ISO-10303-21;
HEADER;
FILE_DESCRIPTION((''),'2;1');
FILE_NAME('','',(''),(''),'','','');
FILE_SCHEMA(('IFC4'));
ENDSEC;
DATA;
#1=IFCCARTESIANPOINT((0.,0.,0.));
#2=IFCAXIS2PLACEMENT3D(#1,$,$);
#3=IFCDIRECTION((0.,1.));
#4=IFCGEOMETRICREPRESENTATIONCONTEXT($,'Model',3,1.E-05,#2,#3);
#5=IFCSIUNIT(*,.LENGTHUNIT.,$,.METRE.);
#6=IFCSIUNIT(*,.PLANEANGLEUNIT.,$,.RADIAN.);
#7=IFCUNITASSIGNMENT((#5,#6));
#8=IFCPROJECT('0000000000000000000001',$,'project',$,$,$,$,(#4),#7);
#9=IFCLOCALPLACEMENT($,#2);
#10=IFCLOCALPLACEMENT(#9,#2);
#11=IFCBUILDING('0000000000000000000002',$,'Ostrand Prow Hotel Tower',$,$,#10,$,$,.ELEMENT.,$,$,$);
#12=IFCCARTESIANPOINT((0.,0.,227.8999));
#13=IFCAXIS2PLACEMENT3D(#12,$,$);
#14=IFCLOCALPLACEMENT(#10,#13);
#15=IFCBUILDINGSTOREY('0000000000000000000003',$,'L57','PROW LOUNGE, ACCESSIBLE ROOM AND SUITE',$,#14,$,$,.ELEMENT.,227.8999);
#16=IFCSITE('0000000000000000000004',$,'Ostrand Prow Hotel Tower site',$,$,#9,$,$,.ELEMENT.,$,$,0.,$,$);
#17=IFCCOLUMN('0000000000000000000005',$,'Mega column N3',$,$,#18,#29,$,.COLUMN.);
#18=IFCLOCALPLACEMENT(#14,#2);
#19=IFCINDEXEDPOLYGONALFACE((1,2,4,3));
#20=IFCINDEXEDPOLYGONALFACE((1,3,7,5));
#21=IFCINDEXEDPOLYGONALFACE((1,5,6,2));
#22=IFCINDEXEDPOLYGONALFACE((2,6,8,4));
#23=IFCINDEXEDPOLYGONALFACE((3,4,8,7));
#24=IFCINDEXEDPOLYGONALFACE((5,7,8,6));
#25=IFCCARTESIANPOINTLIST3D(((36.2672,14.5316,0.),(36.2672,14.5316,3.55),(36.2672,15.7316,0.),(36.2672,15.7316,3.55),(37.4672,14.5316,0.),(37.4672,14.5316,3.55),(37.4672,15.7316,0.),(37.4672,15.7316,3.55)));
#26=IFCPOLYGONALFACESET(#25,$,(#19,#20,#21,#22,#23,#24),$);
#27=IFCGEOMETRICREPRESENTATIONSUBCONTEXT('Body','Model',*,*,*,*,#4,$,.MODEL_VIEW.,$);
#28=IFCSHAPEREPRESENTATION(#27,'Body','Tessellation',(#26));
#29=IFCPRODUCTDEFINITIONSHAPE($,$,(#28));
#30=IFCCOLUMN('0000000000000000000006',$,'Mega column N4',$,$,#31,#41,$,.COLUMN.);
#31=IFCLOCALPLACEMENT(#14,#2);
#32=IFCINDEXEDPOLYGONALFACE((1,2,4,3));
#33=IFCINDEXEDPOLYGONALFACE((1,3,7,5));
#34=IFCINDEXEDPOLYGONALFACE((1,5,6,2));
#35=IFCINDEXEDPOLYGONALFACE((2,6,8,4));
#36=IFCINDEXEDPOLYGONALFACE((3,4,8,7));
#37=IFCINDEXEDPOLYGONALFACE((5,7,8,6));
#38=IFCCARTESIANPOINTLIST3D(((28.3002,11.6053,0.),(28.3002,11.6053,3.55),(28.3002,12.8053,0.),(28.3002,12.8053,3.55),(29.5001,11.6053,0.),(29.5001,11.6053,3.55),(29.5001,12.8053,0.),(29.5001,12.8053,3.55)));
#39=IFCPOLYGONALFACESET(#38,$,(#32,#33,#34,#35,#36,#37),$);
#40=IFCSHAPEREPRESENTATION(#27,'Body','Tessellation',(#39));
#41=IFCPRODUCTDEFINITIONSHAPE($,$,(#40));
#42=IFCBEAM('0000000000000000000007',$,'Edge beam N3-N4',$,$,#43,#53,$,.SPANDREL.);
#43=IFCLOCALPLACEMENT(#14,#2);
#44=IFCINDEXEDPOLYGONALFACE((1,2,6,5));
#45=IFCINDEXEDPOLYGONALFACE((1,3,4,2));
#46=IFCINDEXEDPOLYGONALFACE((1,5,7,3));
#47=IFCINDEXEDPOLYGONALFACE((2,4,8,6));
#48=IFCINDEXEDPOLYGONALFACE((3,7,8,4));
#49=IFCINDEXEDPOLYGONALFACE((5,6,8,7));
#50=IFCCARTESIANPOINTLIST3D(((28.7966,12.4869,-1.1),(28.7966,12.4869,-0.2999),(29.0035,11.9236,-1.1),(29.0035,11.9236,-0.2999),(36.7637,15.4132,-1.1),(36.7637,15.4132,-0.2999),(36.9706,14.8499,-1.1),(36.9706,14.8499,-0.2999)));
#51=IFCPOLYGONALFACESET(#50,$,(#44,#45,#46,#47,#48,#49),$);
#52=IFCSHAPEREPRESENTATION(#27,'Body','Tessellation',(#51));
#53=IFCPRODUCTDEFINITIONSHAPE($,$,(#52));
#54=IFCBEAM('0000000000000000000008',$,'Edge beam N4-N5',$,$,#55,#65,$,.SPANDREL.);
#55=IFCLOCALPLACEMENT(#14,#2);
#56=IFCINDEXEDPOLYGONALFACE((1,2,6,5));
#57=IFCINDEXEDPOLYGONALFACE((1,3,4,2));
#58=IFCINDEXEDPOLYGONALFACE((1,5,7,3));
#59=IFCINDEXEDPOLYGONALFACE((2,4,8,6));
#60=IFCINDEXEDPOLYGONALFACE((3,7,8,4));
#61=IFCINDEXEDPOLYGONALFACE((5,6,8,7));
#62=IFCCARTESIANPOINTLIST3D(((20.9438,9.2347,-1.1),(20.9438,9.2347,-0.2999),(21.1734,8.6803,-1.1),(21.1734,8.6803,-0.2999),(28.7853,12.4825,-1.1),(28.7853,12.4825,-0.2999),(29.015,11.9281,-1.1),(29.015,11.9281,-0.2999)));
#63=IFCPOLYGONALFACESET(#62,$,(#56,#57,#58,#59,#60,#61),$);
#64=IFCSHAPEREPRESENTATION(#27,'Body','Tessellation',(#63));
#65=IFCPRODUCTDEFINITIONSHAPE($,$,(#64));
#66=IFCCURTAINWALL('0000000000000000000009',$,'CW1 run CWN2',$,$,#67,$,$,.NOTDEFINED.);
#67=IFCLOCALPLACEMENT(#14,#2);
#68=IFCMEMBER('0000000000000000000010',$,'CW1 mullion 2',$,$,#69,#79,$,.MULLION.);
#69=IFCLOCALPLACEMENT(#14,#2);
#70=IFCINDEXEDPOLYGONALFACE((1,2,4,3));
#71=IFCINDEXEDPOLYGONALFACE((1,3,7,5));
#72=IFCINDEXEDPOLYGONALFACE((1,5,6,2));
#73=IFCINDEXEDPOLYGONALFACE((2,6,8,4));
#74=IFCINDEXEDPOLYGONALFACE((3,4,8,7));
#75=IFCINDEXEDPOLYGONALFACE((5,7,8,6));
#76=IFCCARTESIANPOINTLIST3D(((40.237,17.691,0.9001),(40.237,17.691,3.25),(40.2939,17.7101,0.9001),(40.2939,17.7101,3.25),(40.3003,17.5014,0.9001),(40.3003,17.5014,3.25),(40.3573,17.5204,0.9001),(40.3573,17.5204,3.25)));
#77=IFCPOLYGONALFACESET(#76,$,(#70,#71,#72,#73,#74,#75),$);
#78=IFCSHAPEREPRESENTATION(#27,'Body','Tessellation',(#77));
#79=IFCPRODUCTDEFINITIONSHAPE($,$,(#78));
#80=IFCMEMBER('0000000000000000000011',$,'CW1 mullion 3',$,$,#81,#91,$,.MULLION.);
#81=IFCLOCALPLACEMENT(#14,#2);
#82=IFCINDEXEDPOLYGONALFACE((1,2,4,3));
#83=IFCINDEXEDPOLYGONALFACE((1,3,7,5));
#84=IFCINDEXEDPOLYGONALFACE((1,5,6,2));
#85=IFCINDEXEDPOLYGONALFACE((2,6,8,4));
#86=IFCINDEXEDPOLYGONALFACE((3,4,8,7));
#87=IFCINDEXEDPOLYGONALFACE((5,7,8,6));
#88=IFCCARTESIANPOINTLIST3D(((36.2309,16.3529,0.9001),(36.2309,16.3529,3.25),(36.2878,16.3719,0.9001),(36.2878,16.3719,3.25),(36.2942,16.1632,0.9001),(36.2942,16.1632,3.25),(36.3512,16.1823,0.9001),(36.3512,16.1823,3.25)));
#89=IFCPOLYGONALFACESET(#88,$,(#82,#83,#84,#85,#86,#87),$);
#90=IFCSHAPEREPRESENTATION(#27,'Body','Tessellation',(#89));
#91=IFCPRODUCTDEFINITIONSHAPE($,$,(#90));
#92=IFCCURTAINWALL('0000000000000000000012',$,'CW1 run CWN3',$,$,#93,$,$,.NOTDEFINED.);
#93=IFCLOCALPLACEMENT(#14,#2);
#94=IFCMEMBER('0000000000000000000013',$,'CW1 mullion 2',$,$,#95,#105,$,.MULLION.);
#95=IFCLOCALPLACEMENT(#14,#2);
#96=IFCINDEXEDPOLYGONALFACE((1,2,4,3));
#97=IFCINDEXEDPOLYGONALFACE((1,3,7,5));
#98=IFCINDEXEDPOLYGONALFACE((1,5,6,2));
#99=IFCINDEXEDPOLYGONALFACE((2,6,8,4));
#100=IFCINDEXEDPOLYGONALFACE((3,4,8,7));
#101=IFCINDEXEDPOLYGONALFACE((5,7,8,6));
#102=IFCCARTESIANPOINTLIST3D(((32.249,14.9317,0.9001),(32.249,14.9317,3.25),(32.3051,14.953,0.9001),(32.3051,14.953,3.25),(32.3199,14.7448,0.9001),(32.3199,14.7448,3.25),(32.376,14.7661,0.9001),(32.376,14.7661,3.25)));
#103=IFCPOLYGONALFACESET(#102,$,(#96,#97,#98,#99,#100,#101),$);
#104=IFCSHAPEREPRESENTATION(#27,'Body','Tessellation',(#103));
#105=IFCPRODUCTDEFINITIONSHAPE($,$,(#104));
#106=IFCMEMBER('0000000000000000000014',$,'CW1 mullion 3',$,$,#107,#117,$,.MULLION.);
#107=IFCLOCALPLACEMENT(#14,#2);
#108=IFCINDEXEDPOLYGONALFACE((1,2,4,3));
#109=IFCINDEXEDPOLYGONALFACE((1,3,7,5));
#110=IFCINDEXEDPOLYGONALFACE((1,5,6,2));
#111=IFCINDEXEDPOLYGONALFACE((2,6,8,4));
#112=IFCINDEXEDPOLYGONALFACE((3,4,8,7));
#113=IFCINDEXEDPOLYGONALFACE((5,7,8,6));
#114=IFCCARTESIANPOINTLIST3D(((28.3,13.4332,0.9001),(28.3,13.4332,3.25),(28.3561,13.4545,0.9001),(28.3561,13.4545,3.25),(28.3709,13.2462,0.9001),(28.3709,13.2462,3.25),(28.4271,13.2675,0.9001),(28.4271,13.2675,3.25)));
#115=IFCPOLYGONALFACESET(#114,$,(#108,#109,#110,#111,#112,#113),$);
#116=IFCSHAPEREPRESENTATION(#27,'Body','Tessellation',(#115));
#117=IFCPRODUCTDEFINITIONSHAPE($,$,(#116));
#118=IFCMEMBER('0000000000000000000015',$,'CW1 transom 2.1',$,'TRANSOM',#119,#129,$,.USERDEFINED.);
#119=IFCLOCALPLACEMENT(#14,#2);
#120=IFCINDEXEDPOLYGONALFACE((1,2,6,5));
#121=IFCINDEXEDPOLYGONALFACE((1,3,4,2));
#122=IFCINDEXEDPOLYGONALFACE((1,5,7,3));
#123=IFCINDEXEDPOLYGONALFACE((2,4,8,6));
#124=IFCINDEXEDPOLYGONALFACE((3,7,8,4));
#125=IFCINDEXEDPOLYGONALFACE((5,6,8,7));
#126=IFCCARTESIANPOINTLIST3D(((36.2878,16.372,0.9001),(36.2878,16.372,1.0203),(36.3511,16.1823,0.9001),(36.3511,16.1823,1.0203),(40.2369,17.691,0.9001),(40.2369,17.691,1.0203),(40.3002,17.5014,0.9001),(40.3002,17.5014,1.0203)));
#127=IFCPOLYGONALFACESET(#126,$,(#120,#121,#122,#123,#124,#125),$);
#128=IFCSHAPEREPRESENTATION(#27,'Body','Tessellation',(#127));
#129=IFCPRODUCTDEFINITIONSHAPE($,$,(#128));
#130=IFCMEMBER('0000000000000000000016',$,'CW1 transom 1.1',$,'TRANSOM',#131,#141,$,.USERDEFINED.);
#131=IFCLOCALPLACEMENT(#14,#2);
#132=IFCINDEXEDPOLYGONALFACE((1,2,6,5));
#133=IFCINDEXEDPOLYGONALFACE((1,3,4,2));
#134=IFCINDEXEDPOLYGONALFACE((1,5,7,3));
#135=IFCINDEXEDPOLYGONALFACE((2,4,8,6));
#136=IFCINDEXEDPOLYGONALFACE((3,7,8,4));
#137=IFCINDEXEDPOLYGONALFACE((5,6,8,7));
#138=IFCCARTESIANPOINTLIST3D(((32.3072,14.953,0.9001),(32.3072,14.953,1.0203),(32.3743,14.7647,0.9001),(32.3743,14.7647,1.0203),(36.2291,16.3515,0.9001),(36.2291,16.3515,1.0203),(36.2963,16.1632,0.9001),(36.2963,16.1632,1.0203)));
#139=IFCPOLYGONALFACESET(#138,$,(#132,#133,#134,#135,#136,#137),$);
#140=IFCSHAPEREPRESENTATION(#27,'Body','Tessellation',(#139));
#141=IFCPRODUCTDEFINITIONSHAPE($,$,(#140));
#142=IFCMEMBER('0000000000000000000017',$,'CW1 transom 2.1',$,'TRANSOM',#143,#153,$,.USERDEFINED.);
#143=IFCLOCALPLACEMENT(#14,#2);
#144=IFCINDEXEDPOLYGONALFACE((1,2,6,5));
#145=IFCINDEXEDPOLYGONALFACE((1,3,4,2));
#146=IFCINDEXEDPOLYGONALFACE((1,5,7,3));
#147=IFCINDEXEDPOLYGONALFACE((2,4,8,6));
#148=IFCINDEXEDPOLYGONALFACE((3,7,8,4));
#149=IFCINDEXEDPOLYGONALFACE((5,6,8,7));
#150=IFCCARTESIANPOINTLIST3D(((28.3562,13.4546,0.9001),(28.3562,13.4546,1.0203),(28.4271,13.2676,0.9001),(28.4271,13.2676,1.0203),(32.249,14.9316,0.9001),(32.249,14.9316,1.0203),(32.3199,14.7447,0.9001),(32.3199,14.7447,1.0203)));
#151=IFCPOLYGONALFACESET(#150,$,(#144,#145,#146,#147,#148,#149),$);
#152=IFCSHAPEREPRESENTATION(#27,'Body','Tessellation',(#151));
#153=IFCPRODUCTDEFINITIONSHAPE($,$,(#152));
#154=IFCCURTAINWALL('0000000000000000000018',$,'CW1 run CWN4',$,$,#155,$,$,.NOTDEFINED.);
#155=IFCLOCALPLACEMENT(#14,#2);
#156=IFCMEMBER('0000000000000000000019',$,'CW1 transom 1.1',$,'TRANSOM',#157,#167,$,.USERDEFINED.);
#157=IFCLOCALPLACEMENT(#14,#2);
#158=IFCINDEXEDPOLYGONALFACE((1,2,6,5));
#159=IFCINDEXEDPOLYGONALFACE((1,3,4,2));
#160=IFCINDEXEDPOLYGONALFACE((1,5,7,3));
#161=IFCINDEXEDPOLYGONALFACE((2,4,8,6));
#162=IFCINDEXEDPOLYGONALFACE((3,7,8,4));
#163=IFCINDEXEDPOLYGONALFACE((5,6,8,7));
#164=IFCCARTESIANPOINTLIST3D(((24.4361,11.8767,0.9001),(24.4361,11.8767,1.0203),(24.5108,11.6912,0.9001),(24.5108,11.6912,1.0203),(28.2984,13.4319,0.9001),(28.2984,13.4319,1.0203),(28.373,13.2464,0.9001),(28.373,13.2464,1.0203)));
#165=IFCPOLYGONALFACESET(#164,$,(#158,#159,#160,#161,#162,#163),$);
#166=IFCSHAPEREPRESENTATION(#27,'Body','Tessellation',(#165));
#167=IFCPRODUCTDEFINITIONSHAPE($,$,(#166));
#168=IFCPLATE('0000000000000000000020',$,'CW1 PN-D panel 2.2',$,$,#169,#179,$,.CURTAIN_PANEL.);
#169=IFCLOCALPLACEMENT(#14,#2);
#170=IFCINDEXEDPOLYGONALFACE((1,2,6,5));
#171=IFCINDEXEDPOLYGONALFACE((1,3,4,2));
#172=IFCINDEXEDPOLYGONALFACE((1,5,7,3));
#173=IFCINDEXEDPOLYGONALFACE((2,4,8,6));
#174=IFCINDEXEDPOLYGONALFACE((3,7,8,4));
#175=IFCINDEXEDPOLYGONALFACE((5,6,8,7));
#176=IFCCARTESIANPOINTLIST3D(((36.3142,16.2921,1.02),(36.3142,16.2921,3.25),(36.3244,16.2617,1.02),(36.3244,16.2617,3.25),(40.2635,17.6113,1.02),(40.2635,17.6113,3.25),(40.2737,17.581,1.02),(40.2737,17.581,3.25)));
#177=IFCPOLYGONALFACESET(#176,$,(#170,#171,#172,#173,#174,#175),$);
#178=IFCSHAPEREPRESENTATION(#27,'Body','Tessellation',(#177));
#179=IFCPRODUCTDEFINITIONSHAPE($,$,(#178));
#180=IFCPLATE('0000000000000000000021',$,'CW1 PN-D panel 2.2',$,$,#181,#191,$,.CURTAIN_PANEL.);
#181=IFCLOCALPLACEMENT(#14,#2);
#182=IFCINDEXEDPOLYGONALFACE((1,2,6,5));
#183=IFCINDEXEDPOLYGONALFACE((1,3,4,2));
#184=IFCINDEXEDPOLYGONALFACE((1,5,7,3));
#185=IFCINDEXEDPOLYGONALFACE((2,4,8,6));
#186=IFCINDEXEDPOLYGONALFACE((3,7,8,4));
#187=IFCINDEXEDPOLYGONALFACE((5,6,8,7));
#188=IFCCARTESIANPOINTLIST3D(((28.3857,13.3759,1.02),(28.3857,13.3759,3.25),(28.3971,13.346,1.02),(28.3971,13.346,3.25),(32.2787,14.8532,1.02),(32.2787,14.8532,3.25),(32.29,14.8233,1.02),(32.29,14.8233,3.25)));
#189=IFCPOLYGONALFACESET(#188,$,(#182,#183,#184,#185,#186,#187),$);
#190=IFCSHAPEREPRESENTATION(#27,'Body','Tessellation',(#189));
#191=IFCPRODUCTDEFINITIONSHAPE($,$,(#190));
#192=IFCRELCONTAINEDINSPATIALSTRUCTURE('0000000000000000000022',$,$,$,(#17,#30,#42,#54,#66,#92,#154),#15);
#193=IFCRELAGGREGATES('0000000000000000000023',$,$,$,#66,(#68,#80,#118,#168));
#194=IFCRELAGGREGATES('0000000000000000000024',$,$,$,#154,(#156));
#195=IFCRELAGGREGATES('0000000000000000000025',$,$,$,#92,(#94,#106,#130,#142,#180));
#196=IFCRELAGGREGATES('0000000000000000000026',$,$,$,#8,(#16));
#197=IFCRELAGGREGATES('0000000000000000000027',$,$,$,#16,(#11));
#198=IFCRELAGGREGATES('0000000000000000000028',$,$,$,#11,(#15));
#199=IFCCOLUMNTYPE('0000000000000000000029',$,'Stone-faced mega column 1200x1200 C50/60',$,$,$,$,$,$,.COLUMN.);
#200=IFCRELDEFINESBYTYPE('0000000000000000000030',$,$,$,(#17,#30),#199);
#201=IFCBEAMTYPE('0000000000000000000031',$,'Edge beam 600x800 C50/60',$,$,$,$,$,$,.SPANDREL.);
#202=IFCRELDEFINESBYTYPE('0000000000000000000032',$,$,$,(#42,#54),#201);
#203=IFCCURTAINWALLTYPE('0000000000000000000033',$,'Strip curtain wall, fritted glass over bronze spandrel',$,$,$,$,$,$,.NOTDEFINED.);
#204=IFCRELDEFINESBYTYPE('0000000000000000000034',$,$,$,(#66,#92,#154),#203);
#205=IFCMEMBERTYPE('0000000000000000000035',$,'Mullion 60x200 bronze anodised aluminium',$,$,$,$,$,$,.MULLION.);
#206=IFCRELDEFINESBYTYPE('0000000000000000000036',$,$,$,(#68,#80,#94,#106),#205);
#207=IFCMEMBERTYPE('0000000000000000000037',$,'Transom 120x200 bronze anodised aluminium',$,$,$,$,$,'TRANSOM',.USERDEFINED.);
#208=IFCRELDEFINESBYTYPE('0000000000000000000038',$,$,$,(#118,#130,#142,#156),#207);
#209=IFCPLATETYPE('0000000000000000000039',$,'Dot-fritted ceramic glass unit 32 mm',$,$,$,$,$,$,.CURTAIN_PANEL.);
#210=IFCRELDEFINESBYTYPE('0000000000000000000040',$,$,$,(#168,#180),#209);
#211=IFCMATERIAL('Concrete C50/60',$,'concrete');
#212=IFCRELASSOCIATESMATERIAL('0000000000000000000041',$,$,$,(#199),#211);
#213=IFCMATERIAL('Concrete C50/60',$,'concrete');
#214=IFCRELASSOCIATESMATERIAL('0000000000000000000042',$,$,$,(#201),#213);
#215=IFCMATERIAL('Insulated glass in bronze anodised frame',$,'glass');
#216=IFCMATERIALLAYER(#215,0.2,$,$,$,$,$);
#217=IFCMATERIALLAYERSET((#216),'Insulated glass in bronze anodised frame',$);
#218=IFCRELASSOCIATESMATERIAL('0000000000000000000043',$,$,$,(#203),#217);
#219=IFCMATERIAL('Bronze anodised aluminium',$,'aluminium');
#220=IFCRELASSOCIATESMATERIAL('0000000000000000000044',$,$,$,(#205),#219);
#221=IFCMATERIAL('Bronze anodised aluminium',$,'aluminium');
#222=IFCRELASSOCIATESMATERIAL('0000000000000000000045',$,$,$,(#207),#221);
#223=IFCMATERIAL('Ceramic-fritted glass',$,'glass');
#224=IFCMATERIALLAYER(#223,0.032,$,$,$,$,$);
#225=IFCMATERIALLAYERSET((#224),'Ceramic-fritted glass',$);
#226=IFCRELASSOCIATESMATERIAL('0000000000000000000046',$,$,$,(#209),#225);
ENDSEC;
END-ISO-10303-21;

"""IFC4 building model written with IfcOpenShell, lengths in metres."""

from ifc_helpers import new_model, si_unit, direction, frame, origin, origin_2d, place, context, subcontext, project, spatial, rectangle, extrude, material, layer, layer_set, material_profile, profile_set, type_object, element, aggregate, save


model = new_model("IFC4")

# Units and contexts
model_context = context("Model", 3, precision=1e-05, world=origin(), true_north=direction((0.0, 1.0)))
body_context = subcontext(model_context, "Body", "Model", "MODEL_VIEW")
ifc_project = project(units=[si_unit("LENGTHUNIT", "METRE"), si_unit("PLANEANGLEUNIT", "RADIAN")], contexts=[model_context])

# Site, building, storey
site_placement = place(None, origin())
site = spatial("IfcSite", under=ifc_project, at=site_placement, Name="Ostrand Prow Hotel Tower site", CompositionType="ELEMENT", RefElevation=0.0)
building_placement = place(site_placement, origin())
building = spatial("IfcBuilding", under=site, at=building_placement, Name="Ostrand Prow Hotel Tower", CompositionType="ELEMENT")
storey_placement = place(building_placement, frame((0.0, 0.0, 227.8999)))
storey = spatial("IfcBuildingStorey", under=building, at=storey_placement, Name="L57", Description="PROW LOUNGE, ACCESSIBLE ROOM AND SUITE", CompositionType="ELEMENT", Elevation=227.8999)

# Columns
ifc_material_1 = material(Name="Concrete C50/60", Category="concrete")
ifc_material_profile_1 = material_profile(ifc_material_1, rectangle(XDim=1.2, YDim=1.2, at=origin_2d()), Name="RC 1200x1200")
ifc_profile_set_1 = profile_set([ifc_material_profile_1], Name="Concrete C50/60")
column_type = type_object("IfcColumnType", Name="Stone-faced mega column 1200x1200 C50/60", PredefinedType="COLUMN", material=ifc_profile_set_1)
for number, where, z_axis, x_axis, name in (
    (1, (36.8672, 15.1316, 0.0), (0.0, 0.0, 1.0), (1.0, 0.0, 0.0), "Mega column N3"),
    (2, (28.9001, 12.2053, 0.0), (0.0, 0.0, 1.0), (1.0, 0.0, 0.0), "Mega column N4"),
):
    element("IfcColumn", number, at=place(storey_placement, frame(where, z_axis=z_axis, x_axis=x_axis)), inside=storey, type_object=column_type, Name=name, PredefinedType="COLUMN", context=body_context, shape_type="SweptSolid", body=[
        extrude(rectangle(XDim=1.2, YDim=1.2, at=origin_2d()), origin(), (0.0, 0.0, 1.0), 3.55),
    ])

# Beams
ifc_material_2 = material(Name="Concrete C50/60", Category="concrete")
ifc_material_profile_2 = material_profile(ifc_material_2, rectangle(XDim=0.6001, YDim=0.8, at=origin_2d()), Name="RC 600x800")
ifc_profile_set_2 = profile_set([ifc_material_profile_2], Name="Concrete C50/60")
beam_type = type_object("IfcBeamType", Name="Edge beam 600x800 C50/60", PredefinedType="SPANDREL", material=ifc_profile_set_2)
for number, where, z_axis, x_axis, name in (
    (3, (36.8672, 15.1316, -0.7), (-0.938685, -0.344776, 0.0), (0.344776, -0.938685, 0.0), "Edge beam N3-N4"),
    (4, (28.9001, 12.2053, -0.7), (-0.923891, -0.382656, 0.0), (0.382656, -0.923891, 0.0), "Edge beam N4-N5"),
):
    element("IfcBeam", number, at=place(storey_placement, frame(where, z_axis=z_axis, x_axis=x_axis)), inside=storey, type_object=beam_type, Name=name, PredefinedType="SPANDREL", context=body_context, shape_type="SweptSolid", body=[
        extrude(rectangle(XDim=0.6001, YDim=0.8, at=origin_2d()), origin(), (0.0, 0.0, 1.0), 8.4875),
    ])

# Curtain walls, members
ifc_material_3 = material(Name="Insulated glass in bronze anodised frame", Category="glass")
ifc_layer_1 = layer(ifc_material_3, 0.2)
ifc_layer_set_1 = layer_set([ifc_layer_1], Name="Insulated glass in bronze anodised frame")
curtain_wall_type = type_object("IfcCurtainWallType", Name="Strip curtain wall, fritted glass over bronze spandrel", PredefinedType="NOTDEFINED", material=ifc_layer_set_1)
curtain_wall_1_placement = place(storey_placement, origin())
curtain_wall_1 = element("IfcCurtainWall", 5, at=curtain_wall_1_placement, inside=storey, type_object=curtain_wall_type, Name="CW1 run CWN2", PredefinedType="NOTDEFINED")
ifc_material_4 = material(Name="Bronze anodised aluminium", Category="aluminium")
ifc_material_profile_3 = material_profile(ifc_material_4, rectangle(XDim=0.2, YDim=0.0601, at=origin_2d()), Name="Mullion 60x200 bronze anodised aluminium")
ifc_profile_set_3 = profile_set([ifc_material_profile_3], Name="Bronze anodised aluminium")
member_type_1 = type_object("IfcMemberType", Name="Mullion 60x200 bronze anodised aluminium", PredefinedType="MULLION", material=ifc_profile_set_3)
member_1_placement = place(storey_placement, frame((40.2971, 17.6057, 0.9001), z_axis=(0.0, 0.0, 1.0), x_axis=(0.316841, -0.948479, 0.0)))
member_1 = element("IfcMember", 6, at=member_1_placement, type_object=member_type_1, Name="CW1 mullion 2", PredefinedType="MULLION", context=body_context, shape_type="SweptSolid", body=[
    extrude(rectangle(XDim=0.2, YDim=0.0601, at=origin_2d()), origin(), (0.0, 0.0, 1.0), 2.3499),
])
member_2_placement = place(storey_placement, frame((36.291, 16.2676, 0.9001), z_axis=(0.0, 0.0, 1.0), x_axis=(0.316841, -0.948479, 0.0)))
member_2 = element("IfcMember", 7, at=member_2_placement, type_object=member_type_1, Name="CW1 mullion 3", PredefinedType="MULLION", context=body_context, shape_type="SweptSolid", body=[
    extrude(rectangle(XDim=0.2, YDim=0.0601, at=origin_2d()), origin(), (0.0, 0.0, 1.0), 2.3499),
])
curtain_wall_2_placement = place(storey_placement, origin())
curtain_wall_2 = element("IfcCurtainWall", 8, at=curtain_wall_2_placement, inside=storey, type_object=curtain_wall_type, Name="CW1 run CWN3", PredefinedType="NOTDEFINED")
member_3_placement = place(storey_placement, frame((32.3125, 14.8489, 0.9001), z_axis=(0.0, 0.0, 1.0), x_axis=(0.354777, -0.934951, 0.0)))
member_3 = element("IfcMember", 9, at=member_3_placement, type_object=member_type_1, Name="CW1 mullion 2", PredefinedType="MULLION", context=body_context, shape_type="SweptSolid", body=[
    extrude(rectangle(XDim=0.2, YDim=0.0601, at=origin_2d()), origin(), (0.0, 0.0, 1.0), 2.3499),
])
member_4_placement = place(storey_placement, frame((28.3635, 13.3503, 0.9001), z_axis=(0.0, 0.0, 1.0), x_axis=(0.354777, -0.934951, 0.0)))
member_4 = element("IfcMember", 10, at=member_4_placement, type_object=member_type_1, Name="CW1 mullion 3", PredefinedType="MULLION", context=body_context, shape_type="SweptSolid", body=[
    extrude(rectangle(XDim=0.2, YDim=0.0601, at=origin_2d()), origin(), (0.0, 0.0, 1.0), 2.3499),
])

# Members
ifc_material_5 = material(Name="Bronze anodised aluminium", Category="aluminium")
ifc_material_profile_4 = material_profile(ifc_material_5, rectangle(XDim=0.2, YDim=0.1201, at=origin_2d()), Name="Transom 120x200 bronze anodised aluminium")
ifc_profile_set_4 = profile_set([ifc_material_profile_4], Name="Bronze anodised aluminium")
member_type_2 = type_object("IfcMemberType", Name="Transom 120x200 bronze anodised aluminium", ElementType="TRANSOM", PredefinedType="USERDEFINED", material=ifc_profile_set_4)
member_5_placement = place(storey_placement, frame((40.2686, 17.5962, 0.9602), z_axis=(-0.94849, -0.316808, 0.0), x_axis=(0.316808, -0.94849, 0.0)))
member_5 = element("IfcMember", 11, at=member_5_placement, type_object=member_type_2, Name="CW1 transom 2.1", ObjectType="TRANSOM", PredefinedType="USERDEFINED", context=body_context, shape_type="SweptSolid", body=[
    extrude(rectangle(XDim=0.2, YDim=0.1201, at=origin_2d()), origin(), (0.0, 0.0, 1.0), 4.1636),
])
member_6_placement = place(storey_placement, frame((36.2627, 16.2573, 0.9602), z_axis=(-0.941912, -0.335861, 0.0), x_axis=(0.335861, -0.941912, 0.0)))
member_6 = element("IfcMember", 12, at=member_6_placement, type_object=member_type_2, Name="CW1 transom 1.1", ObjectType="TRANSOM", PredefinedType="USERDEFINED", context=body_context, shape_type="SweptSolid", body=[
    extrude(rectangle(XDim=0.2, YDim=0.1201, at=origin_2d()), origin(), (0.0, 0.0, 1.0), 4.1638),
])
member_7_placement = place(storey_placement, frame((32.2844, 14.8381, 0.9602), z_axis=(-0.934961, -0.354751, 0.0), x_axis=(0.354751, -0.934961, 0.0)))
member_7 = element("IfcMember", 13, at=member_7_placement, type_object=member_type_2, Name="CW1 transom 2.1", ObjectType="TRANSOM", PredefinedType="USERDEFINED", context=body_context, shape_type="SweptSolid", body=[
    extrude(rectangle(XDim=0.2, YDim=0.1201, at=origin_2d()), origin(), (0.0, 0.0, 1.0), 4.1636),
])

# Curtain wall, member
curtain_wall_3_placement = place(storey_placement, origin())
curtain_wall_3 = element("IfcCurtainWall", 14, at=curtain_wall_3_placement, inside=storey, type_object=curtain_wall_type, Name="CW1 run CWN4", PredefinedType="NOTDEFINED")
member_8_placement = place(storey_placement, frame((28.3357, 13.3391, 0.9602), z_axis=(-0.927625, -0.373513, 0.0), x_axis=(0.373513, -0.927625, 0.0)))
member_8 = element("IfcMember", 15, at=member_8_placement, type_object=member_type_2, Name="CW1 transom 1.1", ObjectType="TRANSOM", PredefinedType="USERDEFINED", context=body_context, shape_type="SweptSolid", body=[
    extrude(rectangle(XDim=0.2, YDim=0.1201, at=origin_2d()), origin(), (0.0, 0.0, 1.0), 4.1636),
])

# Plates
ifc_material_6 = material(Name="Ceramic-fritted glass", Category="glass")
ifc_layer_2 = layer(ifc_material_6, 0.032)
ifc_layer_set_2 = layer_set([ifc_layer_2], Name="Ceramic-fritted glass")
plate_type_1 = type_object("IfcPlateType", Name="Dot-fritted ceramic glass unit 32 mm", PredefinedType="CURTAIN_PANEL", material=ifc_layer_set_2)
plate_1_placement = place(storey_placement, frame((38.2939, 16.9365, 1.02), z_axis=(0.0, 0.0, 1.0), x_axis=(-0.948479, -0.316841, 0.0)))
plate_1 = element("IfcPlate", 16, at=plate_1_placement, type_object=plate_type_1, Name="CW1 PN-D panel 2.2", PredefinedType="CURTAIN_PANEL", context=body_context, shape_type="SweptSolid", body=[
    extrude(rectangle(XDim=4.1638, YDim=0.032, at=origin_2d()), origin(), (0.0, 0.0, 1.0), 2.23),
])
aggregate(curtain_wall_1, [member_1, member_2, member_5, plate_1])
plate_2_placement = place(storey_placement, frame((30.3379, 14.0996, 1.02), z_axis=(0.0, 0.0, 1.0), x_axis=(-0.934951, -0.354777, 0.0)))
plate_2 = element("IfcPlate", 17, at=plate_2_placement, type_object=plate_type_1, Name="CW1 PN-D panel 2.2", PredefinedType="CURTAIN_PANEL", context=body_context, shape_type="SweptSolid", body=[
    extrude(rectangle(XDim=4.1638, YDim=0.032, at=origin_2d()), origin(), (0.0, 0.0, 1.0), 2.23),
])
aggregate(curtain_wall_3, [member_8])
aggregate(curtain_wall_2, [member_3, member_4, member_6, member_7, plate_2])

save(model, "model.ifc")
